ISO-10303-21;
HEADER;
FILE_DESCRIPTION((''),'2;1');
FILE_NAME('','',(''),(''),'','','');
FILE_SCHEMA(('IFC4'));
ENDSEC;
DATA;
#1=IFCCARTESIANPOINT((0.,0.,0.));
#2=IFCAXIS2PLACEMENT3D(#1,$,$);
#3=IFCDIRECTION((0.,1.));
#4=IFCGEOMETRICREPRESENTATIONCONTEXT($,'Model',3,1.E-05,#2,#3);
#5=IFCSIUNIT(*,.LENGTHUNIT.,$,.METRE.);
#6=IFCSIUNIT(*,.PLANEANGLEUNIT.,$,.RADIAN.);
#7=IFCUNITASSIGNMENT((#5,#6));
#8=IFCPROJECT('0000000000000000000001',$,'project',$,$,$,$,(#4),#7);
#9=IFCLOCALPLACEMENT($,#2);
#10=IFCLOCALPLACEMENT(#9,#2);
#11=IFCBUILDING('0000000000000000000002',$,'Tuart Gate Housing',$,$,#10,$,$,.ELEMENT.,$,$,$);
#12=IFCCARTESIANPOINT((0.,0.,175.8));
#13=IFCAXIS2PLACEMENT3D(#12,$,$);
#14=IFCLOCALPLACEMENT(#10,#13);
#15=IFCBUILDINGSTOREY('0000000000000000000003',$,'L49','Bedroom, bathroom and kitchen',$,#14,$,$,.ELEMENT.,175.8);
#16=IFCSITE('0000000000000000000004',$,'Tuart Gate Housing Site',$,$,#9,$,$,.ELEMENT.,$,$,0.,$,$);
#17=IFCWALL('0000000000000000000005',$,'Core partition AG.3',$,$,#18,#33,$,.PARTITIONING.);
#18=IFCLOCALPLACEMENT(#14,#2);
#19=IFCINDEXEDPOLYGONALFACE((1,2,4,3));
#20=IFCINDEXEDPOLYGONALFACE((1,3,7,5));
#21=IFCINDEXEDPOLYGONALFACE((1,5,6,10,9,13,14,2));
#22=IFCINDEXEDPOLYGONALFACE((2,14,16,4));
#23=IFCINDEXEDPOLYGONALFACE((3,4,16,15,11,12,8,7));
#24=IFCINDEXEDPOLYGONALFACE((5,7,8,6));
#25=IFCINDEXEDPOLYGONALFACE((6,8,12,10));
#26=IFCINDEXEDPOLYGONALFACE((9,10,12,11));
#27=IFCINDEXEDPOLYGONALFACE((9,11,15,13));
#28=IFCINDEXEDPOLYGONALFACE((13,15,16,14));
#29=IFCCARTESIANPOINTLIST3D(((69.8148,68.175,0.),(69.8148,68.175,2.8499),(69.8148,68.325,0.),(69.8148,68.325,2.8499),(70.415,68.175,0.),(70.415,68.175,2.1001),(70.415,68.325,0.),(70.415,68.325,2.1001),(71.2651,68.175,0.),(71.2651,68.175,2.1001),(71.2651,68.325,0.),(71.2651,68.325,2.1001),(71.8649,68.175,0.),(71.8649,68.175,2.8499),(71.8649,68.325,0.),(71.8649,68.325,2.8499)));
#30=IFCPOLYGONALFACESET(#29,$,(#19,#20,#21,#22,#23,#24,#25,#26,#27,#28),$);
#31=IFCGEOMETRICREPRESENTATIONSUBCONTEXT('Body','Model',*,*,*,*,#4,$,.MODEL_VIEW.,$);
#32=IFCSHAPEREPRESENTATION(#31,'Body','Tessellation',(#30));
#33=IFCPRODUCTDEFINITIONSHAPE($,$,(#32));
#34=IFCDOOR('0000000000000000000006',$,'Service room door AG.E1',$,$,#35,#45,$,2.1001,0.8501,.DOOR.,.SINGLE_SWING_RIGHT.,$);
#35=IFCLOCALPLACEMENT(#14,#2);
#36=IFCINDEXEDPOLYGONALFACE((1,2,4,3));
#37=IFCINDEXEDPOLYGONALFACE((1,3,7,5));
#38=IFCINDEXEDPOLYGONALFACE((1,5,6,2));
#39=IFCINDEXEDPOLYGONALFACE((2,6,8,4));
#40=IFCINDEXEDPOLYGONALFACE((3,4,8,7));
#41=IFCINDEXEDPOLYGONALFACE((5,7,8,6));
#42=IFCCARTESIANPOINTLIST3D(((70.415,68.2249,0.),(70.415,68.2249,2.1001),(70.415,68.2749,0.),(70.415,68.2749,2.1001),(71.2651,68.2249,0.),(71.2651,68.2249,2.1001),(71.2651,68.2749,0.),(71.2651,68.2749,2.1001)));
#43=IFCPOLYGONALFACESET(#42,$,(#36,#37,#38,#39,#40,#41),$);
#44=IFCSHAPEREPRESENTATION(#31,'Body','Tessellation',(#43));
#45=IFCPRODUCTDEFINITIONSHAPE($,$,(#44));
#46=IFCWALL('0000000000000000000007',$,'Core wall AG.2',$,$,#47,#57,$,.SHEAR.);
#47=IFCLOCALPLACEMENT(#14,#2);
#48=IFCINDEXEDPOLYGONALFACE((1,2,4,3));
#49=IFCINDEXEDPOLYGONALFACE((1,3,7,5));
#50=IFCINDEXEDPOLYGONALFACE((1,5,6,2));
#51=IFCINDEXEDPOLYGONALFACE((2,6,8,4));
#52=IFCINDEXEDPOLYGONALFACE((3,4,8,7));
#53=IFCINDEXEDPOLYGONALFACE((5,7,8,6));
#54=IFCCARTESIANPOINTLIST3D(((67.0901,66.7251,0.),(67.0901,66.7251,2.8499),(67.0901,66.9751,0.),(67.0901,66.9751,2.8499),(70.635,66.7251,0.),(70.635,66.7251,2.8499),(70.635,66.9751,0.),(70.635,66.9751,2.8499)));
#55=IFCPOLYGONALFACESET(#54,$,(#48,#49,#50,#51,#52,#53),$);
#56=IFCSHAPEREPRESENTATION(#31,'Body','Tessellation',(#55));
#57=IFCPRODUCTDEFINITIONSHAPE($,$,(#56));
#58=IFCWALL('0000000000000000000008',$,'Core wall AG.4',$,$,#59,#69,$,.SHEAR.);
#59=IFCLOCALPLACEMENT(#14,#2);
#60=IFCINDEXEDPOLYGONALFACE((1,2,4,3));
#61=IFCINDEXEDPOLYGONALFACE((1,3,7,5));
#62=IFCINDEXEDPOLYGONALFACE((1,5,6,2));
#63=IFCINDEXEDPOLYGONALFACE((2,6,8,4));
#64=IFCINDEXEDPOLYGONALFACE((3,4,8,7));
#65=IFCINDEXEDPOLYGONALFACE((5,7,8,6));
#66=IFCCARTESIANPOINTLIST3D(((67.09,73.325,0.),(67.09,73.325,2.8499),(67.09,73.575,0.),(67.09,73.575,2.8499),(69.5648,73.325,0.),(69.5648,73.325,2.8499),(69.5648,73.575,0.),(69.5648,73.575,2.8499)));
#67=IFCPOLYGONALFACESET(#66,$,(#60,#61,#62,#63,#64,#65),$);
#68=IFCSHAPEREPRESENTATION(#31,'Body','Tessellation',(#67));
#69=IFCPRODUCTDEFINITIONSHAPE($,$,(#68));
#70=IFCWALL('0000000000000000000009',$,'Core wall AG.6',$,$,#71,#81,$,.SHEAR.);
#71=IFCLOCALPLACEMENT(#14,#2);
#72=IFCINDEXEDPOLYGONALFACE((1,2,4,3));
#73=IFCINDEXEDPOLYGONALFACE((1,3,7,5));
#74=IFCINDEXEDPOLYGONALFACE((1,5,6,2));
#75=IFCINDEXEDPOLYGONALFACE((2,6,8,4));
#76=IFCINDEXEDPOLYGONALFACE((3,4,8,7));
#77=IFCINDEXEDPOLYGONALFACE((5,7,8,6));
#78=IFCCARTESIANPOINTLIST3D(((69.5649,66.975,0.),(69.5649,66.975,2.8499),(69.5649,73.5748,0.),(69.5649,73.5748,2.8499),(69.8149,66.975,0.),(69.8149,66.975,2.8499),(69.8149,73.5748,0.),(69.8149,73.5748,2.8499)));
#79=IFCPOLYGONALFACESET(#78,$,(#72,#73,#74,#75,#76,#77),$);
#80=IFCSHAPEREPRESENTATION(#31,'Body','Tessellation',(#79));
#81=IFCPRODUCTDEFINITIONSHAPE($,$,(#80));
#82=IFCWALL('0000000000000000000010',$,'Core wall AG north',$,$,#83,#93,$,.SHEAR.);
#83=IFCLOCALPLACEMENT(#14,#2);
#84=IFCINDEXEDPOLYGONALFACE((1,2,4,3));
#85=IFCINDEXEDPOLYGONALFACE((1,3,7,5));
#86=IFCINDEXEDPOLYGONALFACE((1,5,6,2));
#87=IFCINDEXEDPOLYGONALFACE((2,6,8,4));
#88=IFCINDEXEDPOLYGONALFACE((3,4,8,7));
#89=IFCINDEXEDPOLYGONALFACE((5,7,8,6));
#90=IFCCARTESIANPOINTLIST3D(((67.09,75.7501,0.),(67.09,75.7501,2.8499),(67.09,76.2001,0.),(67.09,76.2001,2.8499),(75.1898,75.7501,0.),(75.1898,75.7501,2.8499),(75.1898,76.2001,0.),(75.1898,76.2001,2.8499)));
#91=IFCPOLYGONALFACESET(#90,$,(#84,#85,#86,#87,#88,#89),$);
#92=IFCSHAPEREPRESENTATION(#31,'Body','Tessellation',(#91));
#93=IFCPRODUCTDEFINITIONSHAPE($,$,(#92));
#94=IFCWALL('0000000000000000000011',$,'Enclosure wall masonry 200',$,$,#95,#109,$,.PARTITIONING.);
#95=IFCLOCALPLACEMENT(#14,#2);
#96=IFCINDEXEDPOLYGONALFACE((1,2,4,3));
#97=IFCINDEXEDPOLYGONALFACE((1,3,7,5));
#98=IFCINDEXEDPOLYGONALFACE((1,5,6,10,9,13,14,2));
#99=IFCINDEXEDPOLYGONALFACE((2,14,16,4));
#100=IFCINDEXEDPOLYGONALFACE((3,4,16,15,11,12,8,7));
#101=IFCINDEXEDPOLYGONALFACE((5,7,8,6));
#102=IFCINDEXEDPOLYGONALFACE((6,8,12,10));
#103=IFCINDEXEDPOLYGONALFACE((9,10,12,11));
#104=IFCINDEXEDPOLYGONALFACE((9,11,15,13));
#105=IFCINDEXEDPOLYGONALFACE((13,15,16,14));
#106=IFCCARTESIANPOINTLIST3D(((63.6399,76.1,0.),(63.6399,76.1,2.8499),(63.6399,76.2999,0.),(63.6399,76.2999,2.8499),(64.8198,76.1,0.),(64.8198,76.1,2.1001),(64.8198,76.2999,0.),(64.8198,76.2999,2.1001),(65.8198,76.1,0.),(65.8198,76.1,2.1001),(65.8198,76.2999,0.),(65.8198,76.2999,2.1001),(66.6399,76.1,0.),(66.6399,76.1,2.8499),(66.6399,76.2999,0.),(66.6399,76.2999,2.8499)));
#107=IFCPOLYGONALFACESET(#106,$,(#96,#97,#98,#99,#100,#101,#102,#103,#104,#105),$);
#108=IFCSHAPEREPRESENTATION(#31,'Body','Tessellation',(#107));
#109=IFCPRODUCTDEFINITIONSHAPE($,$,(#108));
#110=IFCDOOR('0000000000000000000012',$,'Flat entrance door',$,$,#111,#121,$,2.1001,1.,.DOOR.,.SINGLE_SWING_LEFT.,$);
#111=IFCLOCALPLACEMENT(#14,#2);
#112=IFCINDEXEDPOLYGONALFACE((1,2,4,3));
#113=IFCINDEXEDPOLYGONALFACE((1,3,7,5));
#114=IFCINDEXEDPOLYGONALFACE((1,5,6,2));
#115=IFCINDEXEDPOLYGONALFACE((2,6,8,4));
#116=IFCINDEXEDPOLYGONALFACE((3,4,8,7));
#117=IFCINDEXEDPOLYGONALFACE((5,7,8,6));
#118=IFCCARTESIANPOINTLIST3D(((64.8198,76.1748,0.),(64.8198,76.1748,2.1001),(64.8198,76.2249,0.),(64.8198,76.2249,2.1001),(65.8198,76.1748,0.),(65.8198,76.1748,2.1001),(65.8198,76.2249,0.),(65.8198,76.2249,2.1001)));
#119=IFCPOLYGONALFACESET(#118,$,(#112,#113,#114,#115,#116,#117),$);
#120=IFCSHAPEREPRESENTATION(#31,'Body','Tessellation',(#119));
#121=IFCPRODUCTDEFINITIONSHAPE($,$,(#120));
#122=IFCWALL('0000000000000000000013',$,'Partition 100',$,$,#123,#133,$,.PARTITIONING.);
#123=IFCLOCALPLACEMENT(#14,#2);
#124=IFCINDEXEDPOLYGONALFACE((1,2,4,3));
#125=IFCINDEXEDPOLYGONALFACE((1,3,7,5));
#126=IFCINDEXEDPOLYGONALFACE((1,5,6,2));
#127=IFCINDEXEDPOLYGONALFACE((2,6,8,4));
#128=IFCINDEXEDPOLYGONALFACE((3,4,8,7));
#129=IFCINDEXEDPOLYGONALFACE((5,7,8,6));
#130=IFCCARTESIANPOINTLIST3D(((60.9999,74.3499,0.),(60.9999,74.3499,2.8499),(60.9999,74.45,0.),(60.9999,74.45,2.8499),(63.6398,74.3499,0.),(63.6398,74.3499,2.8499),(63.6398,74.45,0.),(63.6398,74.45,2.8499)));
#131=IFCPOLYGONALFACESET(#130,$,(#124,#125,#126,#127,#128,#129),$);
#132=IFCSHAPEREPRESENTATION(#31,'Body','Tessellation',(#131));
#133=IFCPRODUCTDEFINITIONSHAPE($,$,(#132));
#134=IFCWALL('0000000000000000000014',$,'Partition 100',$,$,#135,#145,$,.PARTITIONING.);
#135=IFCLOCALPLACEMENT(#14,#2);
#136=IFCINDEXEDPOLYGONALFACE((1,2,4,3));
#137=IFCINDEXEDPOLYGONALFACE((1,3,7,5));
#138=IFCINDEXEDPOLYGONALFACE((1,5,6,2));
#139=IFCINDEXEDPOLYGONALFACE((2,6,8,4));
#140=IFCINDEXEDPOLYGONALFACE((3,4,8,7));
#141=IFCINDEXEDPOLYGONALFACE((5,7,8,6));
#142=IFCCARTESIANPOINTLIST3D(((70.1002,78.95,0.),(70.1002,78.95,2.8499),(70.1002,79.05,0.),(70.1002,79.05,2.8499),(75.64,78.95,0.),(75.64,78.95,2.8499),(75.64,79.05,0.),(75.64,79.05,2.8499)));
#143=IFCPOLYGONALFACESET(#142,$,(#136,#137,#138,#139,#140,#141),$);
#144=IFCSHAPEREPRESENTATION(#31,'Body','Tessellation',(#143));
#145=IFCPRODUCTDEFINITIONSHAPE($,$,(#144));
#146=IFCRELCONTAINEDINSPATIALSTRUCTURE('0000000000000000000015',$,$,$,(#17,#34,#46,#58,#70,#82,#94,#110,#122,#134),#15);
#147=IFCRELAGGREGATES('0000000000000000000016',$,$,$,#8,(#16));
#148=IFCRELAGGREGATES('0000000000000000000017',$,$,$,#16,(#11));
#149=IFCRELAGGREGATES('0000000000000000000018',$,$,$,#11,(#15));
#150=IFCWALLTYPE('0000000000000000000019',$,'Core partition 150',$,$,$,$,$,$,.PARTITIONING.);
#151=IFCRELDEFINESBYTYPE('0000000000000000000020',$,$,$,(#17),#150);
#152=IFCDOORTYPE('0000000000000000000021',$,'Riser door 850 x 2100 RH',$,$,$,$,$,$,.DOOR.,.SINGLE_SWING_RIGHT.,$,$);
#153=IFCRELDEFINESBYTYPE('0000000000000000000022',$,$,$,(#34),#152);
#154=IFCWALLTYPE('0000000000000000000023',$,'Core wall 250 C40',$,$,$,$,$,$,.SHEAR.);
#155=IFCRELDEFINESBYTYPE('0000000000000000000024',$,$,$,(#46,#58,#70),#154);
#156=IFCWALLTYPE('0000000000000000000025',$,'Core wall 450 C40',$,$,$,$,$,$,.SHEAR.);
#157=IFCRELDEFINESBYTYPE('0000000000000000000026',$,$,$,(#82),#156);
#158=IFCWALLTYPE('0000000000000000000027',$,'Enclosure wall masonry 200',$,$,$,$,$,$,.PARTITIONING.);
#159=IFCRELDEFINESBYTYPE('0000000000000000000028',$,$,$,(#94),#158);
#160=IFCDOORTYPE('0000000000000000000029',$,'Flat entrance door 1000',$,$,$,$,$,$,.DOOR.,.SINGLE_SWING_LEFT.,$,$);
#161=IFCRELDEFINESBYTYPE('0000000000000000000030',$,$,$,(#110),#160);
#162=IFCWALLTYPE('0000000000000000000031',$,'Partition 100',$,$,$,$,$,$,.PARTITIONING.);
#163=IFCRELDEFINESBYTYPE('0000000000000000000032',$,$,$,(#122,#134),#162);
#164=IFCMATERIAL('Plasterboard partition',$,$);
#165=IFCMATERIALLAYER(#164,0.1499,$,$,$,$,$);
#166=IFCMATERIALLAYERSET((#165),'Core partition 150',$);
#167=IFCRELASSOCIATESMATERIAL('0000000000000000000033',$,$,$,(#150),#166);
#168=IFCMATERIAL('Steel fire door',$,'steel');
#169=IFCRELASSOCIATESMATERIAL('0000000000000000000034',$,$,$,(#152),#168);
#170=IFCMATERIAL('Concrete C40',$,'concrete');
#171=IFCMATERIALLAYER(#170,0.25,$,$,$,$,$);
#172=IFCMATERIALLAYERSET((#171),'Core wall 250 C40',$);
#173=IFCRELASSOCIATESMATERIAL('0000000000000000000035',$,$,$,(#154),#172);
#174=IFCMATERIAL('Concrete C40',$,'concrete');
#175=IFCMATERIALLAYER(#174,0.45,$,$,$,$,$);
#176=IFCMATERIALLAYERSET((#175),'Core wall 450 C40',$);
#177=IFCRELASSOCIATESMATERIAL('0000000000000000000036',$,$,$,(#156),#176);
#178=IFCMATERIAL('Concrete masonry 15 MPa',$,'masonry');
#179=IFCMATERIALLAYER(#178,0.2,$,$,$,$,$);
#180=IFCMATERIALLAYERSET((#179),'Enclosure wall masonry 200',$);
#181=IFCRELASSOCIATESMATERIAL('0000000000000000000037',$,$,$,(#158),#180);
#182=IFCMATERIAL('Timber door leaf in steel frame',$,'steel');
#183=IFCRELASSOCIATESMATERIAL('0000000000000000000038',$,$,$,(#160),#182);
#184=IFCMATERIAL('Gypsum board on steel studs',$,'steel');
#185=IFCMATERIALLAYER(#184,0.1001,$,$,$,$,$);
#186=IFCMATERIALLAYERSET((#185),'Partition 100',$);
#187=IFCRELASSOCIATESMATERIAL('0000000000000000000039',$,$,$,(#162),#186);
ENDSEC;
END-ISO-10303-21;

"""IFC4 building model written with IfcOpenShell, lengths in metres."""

from ifc_helpers import new_model, si_unit, direction, frame, frame_2d, origin, place, context, subcontext, project, spatial, rectangle, extrude, material, layer, layer_set, type_object, element, fill, save


model = new_model("IFC4")

# Units and contexts
model_context = context("Model", 3, precision=1e-05, world=origin(), true_north=direction((0.0, 1.0)))
body_context = subcontext(model_context, "Body", "Model", "MODEL_VIEW")
ifc_project = project(units=[si_unit("LENGTHUNIT", "METRE"), si_unit("PLANEANGLEUNIT", "RADIAN")], contexts=[model_context])

# Site, building, storey
site_placement = place(None, origin())
site = spatial("IfcSite", under=ifc_project, at=site_placement, Name="Tuart Gate Housing Site", CompositionType="ELEMENT", RefElevation=0.0)
building_placement = place(site_placement, origin())
building = spatial("IfcBuilding", under=site, at=building_placement, Name="Tuart Gate Housing", CompositionType="ELEMENT")
storey_placement = place(building_placement, frame((0.0, 0.0, 175.8)))
storey = spatial("IfcBuildingStorey", under=building, at=storey_placement, Name="L49", Description="Bedroom, bathroom and kitchen", CompositionType="ELEMENT", Elevation=175.8)

# Wall, opening, door
ifc_material_1 = material(Name="Plasterboard partition")
ifc_layer_1 = layer(ifc_material_1, 0.1499)
ifc_layer_set_1 = layer_set([ifc_layer_1], Name="Core partition 150")
wall_type_1 = type_object("IfcWallType", Name="Core partition 150", PredefinedType="PARTITIONING", material=ifc_layer_set_1)
wall_1_placement = place(storey_placement, frame((69.8149, 68.25, 0.0), z_axis=(0.0, 0.0, 1.0), x_axis=(1.0, 0.0, 0.0)))
wall_1 = element("IfcWall", 1, at=wall_1_placement, inside=storey, type_object=wall_type_1, Name="Core partition AG.3", PredefinedType="PARTITIONING", context=body_context, shape_type="SweptSolid", body=[
    extrude(rectangle(XDim=2.05, YDim=0.1499, at=frame_2d((1.0249, 0.0))), origin(), (0.0, 0.0, 1.0), 2.8499),
])
opening_1_placement = place(wall_1_placement, frame((0.6001, 0.0, 0.0)))
opening_1 = element("IfcOpeningElement", 2, at=opening_1_placement, cuts=wall_1, PredefinedType="OPENING", context=body_context, shape_type="SweptSolid", body=[
    extrude(rectangle(XDim=0.8501, YDim=2.1001, at=frame_2d((0.425, 1.05))), frame((0.0, 0.085, 0.0), z_axis=(0.0, -1.0, 0.0), x_axis=(1.0, 0.0, 0.0)), (0.0, 0.0, 1.0), 0.1699),
])
ifc_material_2 = material(Name="Steel fire door", Category="steel")
door_type_1 = type_object("IfcDoorType", Name="Riser door 850 x 2100 RH", OperationType="SINGLE_SWING_RIGHT", PredefinedType="DOOR", material=ifc_material_2)
door_1_placement = place(opening_1_placement, frame((0.8501, 0.0, 0.0), z_axis=(0.0, 0.0, 1.0), x_axis=(-1.0, 0.0, 0.0)))
door_1 = element("IfcDoor", 3, at=door_1_placement, inside=storey, type_object=door_type_1, Name="Service room door AG.E1", OperationType="SINGLE_SWING_RIGHT", OverallHeight=2.1001, OverallWidth=0.8501, PredefinedType="DOOR", context=body_context, shape_type="SweptSolid", body=[
    extrude(rectangle(XDim=0.8501, YDim=2.1001, at=frame_2d((0.425, 1.05))), frame((0.0, 0.0251, 0.0), z_axis=(0.0, -1.0, 0.0), x_axis=(1.0, 0.0, 0.0)), (0.0, 0.0, 1.0), 0.05),
])
fill(opening_1, door_1)

# Walls
ifc_material_3 = material(Name="Concrete C40", Category="concrete")
ifc_layer_2 = layer(ifc_material_3, 0.25)
ifc_layer_set_2 = layer_set([ifc_layer_2], Name="Core wall 250 C40")
wall_type_2 = type_object("IfcWallType", Name="Core wall 250 C40", PredefinedType="SHEAR", material=ifc_layer_set_2)
wall_2_placement = place(storey_placement, frame((67.0901, 66.8501, 0.0), z_axis=(0.0, 0.0, 1.0), x_axis=(1.0, 0.0, 0.0)))
element("IfcWall", 4, at=wall_2_placement, inside=storey, type_object=wall_type_2, Name="Core wall AG.2", PredefinedType="SHEAR", context=body_context, shape_type="SweptSolid", body=[
    extrude(rectangle(XDim=3.5449, YDim=0.25, at=frame_2d((1.7725, 0.0))), origin(), (0.0, 0.0, 1.0), 2.8499),
])
wall_3_placement = place(storey_placement, frame((67.0901, 73.45, 0.0), z_axis=(0.0, 0.0, 1.0), x_axis=(1.0, 0.0, 0.0)))
element("IfcWall", 5, at=wall_3_placement, inside=storey, type_object=wall_type_2, Name="Core wall AG.4", PredefinedType="SHEAR", context=body_context, shape_type="SweptSolid", body=[
    extrude(rectangle(XDim=2.4749, YDim=0.25, at=frame_2d((1.2373, 0.0))), origin(), (0.0, 0.0, 1.0), 2.8499),
])
wall_4_placement = place(storey_placement, frame((69.6899, 66.9751, 0.0), z_axis=(0.0, 0.0, 1.0), x_axis=(0.0, 1.0, 0.0)))
element("IfcWall", 6, at=wall_4_placement, inside=storey, type_object=wall_type_2, Name="Core wall AG.6", PredefinedType="SHEAR", context=body_context, shape_type="SweptSolid", body=[
    extrude(rectangle(XDim=6.5999, YDim=0.25, at=frame_2d((3.2998, 0.0))), origin(), (0.0, 0.0, 1.0), 2.8499),
])
ifc_material_4 = material(Name="Concrete C40", Category="concrete")
ifc_layer_3 = layer(ifc_material_4, 0.45)
ifc_layer_set_3 = layer_set([ifc_layer_3], Name="Core wall 450 C40")
wall_type_3 = type_object("IfcWallType", Name="Core wall 450 C40", PredefinedType="SHEAR", material=ifc_layer_set_3)
wall_5_placement = place(storey_placement, frame((67.0901, 75.9751, 0.0), z_axis=(0.0, 0.0, 1.0), x_axis=(1.0, 0.0, 0.0)))
element("IfcWall", 7, at=wall_5_placement, inside=storey, type_object=wall_type_3, Name="Core wall AG north", PredefinedType="SHEAR", context=body_context, shape_type="SweptSolid", body=[
    extrude(rectangle(XDim=8.0999, YDim=0.45, at=frame_2d((4.0498, 0.0))), origin(), (0.0, 0.0, 1.0), 2.8499),
])

# Wall, opening, door
ifc_material_5 = material(Name="Concrete masonry 15 MPa", Category="masonry")
ifc_layer_4 = layer(ifc_material_5, 0.2)
ifc_layer_set_4 = layer_set([ifc_layer_4], Name="Enclosure wall masonry 200")
wall_type_4 = type_object("IfcWallType", Name="Enclosure wall masonry 200", PredefinedType="PARTITIONING", material=ifc_layer_set_4)
wall_6_placement = place(storey_placement, frame((63.6399, 76.2, 0.0), z_axis=(0.0, 0.0, 1.0), x_axis=(1.0, 0.0, 0.0)))
wall_6 = element("IfcWall", 8, at=wall_6_placement, inside=storey, type_object=wall_type_4, Name="Enclosure wall masonry 200", PredefinedType="PARTITIONING", context=body_context, shape_type="SweptSolid", body=[
    extrude(rectangle(XDim=3.0, YDim=0.2, at=frame_2d((1.5, 0.0))), origin(), (0.0, 0.0, 1.0), 2.8499),
])
opening_2_placement = place(wall_6_placement, frame((1.1799, 0.0, 0.0)))
opening_2 = element("IfcOpeningElement", 9, at=opening_2_placement, cuts=wall_6, PredefinedType="OPENING", context=body_context, shape_type="SweptSolid", body=[
    extrude(rectangle(XDim=1.0, YDim=2.1001, at=frame_2d((0.5, 1.05))), frame((0.0, 0.1099, 0.0), z_axis=(0.0, -1.0, 0.0), x_axis=(1.0, 0.0, 0.0)), (0.0, 0.0, 1.0), 0.22),
])
ifc_material_6 = material(Name="Timber door leaf in steel frame", Category="steel")
door_type_2 = type_object("IfcDoorType", Name="Flat entrance door 1000", OperationType="SINGLE_SWING_LEFT", PredefinedType="DOOR", material=ifc_material_6)
door_2_placement = place(opening_2_placement, origin())
door_2 = element("IfcDoor", 10, at=door_2_placement, inside=storey, type_object=door_type_2, Name="Flat entrance door", OperationType="SINGLE_SWING_LEFT", OverallHeight=2.1001, OverallWidth=1.0, PredefinedType="DOOR", context=body_context, shape_type="SweptSolid", body=[
    extrude(rectangle(XDim=1.0, YDim=2.1001, at=frame_2d((0.5, 1.05))), frame((0.0, 0.0249, 0.0), z_axis=(0.0, -1.0, 0.0), x_axis=(1.0, 0.0, 0.0)), (0.0, 0.0, 1.0), 0.05),
])
fill(opening_2, door_2)

# Walls
ifc_material_7 = material(Name="Gypsum board on steel studs", Category="steel")
ifc_layer_5 = layer(ifc_material_7, 0.1001)
ifc_layer_set_5 = layer_set([ifc_layer_5], Name="Partition 100")
wall_type_5 = type_object("IfcWallType", Name="Partition 100", PredefinedType="PARTITIONING", material=ifc_layer_set_5)
wall_7_placement = place(storey_placement, frame((61.0, 74.3999, 0.0), z_axis=(0.0, 0.0, 1.0), x_axis=(1.0, 0.0, 0.0)))
element("IfcWall", 11, at=wall_7_placement, inside=storey, type_object=wall_type_5, Name="Partition 100", PredefinedType="PARTITIONING", context=body_context, shape_type="SweptSolid", body=[
    extrude(rectangle(XDim=2.6399, YDim=0.1001, at=frame_2d((1.3198, 0.0))), origin(), (0.0, 0.0, 1.0), 2.8499),
])
wall_8_placement = place(storey_placement, frame((70.1001, 79.0, 0.0), z_axis=(0.0, 0.0, 1.0), x_axis=(1.0, 0.0, 0.0)))
element("IfcWall", 12, at=wall_8_placement, inside=storey, type_object=wall_type_5, Name="Partition 100", PredefinedType="PARTITIONING", context=body_context, shape_type="SweptSolid", body=[
    extrude(rectangle(XDim=5.5398, YDim=0.1001, at=frame_2d((2.77, 0.0))), origin(), (0.0, 0.0, 1.0), 2.8499),
])

save(model, "model.ifc")
